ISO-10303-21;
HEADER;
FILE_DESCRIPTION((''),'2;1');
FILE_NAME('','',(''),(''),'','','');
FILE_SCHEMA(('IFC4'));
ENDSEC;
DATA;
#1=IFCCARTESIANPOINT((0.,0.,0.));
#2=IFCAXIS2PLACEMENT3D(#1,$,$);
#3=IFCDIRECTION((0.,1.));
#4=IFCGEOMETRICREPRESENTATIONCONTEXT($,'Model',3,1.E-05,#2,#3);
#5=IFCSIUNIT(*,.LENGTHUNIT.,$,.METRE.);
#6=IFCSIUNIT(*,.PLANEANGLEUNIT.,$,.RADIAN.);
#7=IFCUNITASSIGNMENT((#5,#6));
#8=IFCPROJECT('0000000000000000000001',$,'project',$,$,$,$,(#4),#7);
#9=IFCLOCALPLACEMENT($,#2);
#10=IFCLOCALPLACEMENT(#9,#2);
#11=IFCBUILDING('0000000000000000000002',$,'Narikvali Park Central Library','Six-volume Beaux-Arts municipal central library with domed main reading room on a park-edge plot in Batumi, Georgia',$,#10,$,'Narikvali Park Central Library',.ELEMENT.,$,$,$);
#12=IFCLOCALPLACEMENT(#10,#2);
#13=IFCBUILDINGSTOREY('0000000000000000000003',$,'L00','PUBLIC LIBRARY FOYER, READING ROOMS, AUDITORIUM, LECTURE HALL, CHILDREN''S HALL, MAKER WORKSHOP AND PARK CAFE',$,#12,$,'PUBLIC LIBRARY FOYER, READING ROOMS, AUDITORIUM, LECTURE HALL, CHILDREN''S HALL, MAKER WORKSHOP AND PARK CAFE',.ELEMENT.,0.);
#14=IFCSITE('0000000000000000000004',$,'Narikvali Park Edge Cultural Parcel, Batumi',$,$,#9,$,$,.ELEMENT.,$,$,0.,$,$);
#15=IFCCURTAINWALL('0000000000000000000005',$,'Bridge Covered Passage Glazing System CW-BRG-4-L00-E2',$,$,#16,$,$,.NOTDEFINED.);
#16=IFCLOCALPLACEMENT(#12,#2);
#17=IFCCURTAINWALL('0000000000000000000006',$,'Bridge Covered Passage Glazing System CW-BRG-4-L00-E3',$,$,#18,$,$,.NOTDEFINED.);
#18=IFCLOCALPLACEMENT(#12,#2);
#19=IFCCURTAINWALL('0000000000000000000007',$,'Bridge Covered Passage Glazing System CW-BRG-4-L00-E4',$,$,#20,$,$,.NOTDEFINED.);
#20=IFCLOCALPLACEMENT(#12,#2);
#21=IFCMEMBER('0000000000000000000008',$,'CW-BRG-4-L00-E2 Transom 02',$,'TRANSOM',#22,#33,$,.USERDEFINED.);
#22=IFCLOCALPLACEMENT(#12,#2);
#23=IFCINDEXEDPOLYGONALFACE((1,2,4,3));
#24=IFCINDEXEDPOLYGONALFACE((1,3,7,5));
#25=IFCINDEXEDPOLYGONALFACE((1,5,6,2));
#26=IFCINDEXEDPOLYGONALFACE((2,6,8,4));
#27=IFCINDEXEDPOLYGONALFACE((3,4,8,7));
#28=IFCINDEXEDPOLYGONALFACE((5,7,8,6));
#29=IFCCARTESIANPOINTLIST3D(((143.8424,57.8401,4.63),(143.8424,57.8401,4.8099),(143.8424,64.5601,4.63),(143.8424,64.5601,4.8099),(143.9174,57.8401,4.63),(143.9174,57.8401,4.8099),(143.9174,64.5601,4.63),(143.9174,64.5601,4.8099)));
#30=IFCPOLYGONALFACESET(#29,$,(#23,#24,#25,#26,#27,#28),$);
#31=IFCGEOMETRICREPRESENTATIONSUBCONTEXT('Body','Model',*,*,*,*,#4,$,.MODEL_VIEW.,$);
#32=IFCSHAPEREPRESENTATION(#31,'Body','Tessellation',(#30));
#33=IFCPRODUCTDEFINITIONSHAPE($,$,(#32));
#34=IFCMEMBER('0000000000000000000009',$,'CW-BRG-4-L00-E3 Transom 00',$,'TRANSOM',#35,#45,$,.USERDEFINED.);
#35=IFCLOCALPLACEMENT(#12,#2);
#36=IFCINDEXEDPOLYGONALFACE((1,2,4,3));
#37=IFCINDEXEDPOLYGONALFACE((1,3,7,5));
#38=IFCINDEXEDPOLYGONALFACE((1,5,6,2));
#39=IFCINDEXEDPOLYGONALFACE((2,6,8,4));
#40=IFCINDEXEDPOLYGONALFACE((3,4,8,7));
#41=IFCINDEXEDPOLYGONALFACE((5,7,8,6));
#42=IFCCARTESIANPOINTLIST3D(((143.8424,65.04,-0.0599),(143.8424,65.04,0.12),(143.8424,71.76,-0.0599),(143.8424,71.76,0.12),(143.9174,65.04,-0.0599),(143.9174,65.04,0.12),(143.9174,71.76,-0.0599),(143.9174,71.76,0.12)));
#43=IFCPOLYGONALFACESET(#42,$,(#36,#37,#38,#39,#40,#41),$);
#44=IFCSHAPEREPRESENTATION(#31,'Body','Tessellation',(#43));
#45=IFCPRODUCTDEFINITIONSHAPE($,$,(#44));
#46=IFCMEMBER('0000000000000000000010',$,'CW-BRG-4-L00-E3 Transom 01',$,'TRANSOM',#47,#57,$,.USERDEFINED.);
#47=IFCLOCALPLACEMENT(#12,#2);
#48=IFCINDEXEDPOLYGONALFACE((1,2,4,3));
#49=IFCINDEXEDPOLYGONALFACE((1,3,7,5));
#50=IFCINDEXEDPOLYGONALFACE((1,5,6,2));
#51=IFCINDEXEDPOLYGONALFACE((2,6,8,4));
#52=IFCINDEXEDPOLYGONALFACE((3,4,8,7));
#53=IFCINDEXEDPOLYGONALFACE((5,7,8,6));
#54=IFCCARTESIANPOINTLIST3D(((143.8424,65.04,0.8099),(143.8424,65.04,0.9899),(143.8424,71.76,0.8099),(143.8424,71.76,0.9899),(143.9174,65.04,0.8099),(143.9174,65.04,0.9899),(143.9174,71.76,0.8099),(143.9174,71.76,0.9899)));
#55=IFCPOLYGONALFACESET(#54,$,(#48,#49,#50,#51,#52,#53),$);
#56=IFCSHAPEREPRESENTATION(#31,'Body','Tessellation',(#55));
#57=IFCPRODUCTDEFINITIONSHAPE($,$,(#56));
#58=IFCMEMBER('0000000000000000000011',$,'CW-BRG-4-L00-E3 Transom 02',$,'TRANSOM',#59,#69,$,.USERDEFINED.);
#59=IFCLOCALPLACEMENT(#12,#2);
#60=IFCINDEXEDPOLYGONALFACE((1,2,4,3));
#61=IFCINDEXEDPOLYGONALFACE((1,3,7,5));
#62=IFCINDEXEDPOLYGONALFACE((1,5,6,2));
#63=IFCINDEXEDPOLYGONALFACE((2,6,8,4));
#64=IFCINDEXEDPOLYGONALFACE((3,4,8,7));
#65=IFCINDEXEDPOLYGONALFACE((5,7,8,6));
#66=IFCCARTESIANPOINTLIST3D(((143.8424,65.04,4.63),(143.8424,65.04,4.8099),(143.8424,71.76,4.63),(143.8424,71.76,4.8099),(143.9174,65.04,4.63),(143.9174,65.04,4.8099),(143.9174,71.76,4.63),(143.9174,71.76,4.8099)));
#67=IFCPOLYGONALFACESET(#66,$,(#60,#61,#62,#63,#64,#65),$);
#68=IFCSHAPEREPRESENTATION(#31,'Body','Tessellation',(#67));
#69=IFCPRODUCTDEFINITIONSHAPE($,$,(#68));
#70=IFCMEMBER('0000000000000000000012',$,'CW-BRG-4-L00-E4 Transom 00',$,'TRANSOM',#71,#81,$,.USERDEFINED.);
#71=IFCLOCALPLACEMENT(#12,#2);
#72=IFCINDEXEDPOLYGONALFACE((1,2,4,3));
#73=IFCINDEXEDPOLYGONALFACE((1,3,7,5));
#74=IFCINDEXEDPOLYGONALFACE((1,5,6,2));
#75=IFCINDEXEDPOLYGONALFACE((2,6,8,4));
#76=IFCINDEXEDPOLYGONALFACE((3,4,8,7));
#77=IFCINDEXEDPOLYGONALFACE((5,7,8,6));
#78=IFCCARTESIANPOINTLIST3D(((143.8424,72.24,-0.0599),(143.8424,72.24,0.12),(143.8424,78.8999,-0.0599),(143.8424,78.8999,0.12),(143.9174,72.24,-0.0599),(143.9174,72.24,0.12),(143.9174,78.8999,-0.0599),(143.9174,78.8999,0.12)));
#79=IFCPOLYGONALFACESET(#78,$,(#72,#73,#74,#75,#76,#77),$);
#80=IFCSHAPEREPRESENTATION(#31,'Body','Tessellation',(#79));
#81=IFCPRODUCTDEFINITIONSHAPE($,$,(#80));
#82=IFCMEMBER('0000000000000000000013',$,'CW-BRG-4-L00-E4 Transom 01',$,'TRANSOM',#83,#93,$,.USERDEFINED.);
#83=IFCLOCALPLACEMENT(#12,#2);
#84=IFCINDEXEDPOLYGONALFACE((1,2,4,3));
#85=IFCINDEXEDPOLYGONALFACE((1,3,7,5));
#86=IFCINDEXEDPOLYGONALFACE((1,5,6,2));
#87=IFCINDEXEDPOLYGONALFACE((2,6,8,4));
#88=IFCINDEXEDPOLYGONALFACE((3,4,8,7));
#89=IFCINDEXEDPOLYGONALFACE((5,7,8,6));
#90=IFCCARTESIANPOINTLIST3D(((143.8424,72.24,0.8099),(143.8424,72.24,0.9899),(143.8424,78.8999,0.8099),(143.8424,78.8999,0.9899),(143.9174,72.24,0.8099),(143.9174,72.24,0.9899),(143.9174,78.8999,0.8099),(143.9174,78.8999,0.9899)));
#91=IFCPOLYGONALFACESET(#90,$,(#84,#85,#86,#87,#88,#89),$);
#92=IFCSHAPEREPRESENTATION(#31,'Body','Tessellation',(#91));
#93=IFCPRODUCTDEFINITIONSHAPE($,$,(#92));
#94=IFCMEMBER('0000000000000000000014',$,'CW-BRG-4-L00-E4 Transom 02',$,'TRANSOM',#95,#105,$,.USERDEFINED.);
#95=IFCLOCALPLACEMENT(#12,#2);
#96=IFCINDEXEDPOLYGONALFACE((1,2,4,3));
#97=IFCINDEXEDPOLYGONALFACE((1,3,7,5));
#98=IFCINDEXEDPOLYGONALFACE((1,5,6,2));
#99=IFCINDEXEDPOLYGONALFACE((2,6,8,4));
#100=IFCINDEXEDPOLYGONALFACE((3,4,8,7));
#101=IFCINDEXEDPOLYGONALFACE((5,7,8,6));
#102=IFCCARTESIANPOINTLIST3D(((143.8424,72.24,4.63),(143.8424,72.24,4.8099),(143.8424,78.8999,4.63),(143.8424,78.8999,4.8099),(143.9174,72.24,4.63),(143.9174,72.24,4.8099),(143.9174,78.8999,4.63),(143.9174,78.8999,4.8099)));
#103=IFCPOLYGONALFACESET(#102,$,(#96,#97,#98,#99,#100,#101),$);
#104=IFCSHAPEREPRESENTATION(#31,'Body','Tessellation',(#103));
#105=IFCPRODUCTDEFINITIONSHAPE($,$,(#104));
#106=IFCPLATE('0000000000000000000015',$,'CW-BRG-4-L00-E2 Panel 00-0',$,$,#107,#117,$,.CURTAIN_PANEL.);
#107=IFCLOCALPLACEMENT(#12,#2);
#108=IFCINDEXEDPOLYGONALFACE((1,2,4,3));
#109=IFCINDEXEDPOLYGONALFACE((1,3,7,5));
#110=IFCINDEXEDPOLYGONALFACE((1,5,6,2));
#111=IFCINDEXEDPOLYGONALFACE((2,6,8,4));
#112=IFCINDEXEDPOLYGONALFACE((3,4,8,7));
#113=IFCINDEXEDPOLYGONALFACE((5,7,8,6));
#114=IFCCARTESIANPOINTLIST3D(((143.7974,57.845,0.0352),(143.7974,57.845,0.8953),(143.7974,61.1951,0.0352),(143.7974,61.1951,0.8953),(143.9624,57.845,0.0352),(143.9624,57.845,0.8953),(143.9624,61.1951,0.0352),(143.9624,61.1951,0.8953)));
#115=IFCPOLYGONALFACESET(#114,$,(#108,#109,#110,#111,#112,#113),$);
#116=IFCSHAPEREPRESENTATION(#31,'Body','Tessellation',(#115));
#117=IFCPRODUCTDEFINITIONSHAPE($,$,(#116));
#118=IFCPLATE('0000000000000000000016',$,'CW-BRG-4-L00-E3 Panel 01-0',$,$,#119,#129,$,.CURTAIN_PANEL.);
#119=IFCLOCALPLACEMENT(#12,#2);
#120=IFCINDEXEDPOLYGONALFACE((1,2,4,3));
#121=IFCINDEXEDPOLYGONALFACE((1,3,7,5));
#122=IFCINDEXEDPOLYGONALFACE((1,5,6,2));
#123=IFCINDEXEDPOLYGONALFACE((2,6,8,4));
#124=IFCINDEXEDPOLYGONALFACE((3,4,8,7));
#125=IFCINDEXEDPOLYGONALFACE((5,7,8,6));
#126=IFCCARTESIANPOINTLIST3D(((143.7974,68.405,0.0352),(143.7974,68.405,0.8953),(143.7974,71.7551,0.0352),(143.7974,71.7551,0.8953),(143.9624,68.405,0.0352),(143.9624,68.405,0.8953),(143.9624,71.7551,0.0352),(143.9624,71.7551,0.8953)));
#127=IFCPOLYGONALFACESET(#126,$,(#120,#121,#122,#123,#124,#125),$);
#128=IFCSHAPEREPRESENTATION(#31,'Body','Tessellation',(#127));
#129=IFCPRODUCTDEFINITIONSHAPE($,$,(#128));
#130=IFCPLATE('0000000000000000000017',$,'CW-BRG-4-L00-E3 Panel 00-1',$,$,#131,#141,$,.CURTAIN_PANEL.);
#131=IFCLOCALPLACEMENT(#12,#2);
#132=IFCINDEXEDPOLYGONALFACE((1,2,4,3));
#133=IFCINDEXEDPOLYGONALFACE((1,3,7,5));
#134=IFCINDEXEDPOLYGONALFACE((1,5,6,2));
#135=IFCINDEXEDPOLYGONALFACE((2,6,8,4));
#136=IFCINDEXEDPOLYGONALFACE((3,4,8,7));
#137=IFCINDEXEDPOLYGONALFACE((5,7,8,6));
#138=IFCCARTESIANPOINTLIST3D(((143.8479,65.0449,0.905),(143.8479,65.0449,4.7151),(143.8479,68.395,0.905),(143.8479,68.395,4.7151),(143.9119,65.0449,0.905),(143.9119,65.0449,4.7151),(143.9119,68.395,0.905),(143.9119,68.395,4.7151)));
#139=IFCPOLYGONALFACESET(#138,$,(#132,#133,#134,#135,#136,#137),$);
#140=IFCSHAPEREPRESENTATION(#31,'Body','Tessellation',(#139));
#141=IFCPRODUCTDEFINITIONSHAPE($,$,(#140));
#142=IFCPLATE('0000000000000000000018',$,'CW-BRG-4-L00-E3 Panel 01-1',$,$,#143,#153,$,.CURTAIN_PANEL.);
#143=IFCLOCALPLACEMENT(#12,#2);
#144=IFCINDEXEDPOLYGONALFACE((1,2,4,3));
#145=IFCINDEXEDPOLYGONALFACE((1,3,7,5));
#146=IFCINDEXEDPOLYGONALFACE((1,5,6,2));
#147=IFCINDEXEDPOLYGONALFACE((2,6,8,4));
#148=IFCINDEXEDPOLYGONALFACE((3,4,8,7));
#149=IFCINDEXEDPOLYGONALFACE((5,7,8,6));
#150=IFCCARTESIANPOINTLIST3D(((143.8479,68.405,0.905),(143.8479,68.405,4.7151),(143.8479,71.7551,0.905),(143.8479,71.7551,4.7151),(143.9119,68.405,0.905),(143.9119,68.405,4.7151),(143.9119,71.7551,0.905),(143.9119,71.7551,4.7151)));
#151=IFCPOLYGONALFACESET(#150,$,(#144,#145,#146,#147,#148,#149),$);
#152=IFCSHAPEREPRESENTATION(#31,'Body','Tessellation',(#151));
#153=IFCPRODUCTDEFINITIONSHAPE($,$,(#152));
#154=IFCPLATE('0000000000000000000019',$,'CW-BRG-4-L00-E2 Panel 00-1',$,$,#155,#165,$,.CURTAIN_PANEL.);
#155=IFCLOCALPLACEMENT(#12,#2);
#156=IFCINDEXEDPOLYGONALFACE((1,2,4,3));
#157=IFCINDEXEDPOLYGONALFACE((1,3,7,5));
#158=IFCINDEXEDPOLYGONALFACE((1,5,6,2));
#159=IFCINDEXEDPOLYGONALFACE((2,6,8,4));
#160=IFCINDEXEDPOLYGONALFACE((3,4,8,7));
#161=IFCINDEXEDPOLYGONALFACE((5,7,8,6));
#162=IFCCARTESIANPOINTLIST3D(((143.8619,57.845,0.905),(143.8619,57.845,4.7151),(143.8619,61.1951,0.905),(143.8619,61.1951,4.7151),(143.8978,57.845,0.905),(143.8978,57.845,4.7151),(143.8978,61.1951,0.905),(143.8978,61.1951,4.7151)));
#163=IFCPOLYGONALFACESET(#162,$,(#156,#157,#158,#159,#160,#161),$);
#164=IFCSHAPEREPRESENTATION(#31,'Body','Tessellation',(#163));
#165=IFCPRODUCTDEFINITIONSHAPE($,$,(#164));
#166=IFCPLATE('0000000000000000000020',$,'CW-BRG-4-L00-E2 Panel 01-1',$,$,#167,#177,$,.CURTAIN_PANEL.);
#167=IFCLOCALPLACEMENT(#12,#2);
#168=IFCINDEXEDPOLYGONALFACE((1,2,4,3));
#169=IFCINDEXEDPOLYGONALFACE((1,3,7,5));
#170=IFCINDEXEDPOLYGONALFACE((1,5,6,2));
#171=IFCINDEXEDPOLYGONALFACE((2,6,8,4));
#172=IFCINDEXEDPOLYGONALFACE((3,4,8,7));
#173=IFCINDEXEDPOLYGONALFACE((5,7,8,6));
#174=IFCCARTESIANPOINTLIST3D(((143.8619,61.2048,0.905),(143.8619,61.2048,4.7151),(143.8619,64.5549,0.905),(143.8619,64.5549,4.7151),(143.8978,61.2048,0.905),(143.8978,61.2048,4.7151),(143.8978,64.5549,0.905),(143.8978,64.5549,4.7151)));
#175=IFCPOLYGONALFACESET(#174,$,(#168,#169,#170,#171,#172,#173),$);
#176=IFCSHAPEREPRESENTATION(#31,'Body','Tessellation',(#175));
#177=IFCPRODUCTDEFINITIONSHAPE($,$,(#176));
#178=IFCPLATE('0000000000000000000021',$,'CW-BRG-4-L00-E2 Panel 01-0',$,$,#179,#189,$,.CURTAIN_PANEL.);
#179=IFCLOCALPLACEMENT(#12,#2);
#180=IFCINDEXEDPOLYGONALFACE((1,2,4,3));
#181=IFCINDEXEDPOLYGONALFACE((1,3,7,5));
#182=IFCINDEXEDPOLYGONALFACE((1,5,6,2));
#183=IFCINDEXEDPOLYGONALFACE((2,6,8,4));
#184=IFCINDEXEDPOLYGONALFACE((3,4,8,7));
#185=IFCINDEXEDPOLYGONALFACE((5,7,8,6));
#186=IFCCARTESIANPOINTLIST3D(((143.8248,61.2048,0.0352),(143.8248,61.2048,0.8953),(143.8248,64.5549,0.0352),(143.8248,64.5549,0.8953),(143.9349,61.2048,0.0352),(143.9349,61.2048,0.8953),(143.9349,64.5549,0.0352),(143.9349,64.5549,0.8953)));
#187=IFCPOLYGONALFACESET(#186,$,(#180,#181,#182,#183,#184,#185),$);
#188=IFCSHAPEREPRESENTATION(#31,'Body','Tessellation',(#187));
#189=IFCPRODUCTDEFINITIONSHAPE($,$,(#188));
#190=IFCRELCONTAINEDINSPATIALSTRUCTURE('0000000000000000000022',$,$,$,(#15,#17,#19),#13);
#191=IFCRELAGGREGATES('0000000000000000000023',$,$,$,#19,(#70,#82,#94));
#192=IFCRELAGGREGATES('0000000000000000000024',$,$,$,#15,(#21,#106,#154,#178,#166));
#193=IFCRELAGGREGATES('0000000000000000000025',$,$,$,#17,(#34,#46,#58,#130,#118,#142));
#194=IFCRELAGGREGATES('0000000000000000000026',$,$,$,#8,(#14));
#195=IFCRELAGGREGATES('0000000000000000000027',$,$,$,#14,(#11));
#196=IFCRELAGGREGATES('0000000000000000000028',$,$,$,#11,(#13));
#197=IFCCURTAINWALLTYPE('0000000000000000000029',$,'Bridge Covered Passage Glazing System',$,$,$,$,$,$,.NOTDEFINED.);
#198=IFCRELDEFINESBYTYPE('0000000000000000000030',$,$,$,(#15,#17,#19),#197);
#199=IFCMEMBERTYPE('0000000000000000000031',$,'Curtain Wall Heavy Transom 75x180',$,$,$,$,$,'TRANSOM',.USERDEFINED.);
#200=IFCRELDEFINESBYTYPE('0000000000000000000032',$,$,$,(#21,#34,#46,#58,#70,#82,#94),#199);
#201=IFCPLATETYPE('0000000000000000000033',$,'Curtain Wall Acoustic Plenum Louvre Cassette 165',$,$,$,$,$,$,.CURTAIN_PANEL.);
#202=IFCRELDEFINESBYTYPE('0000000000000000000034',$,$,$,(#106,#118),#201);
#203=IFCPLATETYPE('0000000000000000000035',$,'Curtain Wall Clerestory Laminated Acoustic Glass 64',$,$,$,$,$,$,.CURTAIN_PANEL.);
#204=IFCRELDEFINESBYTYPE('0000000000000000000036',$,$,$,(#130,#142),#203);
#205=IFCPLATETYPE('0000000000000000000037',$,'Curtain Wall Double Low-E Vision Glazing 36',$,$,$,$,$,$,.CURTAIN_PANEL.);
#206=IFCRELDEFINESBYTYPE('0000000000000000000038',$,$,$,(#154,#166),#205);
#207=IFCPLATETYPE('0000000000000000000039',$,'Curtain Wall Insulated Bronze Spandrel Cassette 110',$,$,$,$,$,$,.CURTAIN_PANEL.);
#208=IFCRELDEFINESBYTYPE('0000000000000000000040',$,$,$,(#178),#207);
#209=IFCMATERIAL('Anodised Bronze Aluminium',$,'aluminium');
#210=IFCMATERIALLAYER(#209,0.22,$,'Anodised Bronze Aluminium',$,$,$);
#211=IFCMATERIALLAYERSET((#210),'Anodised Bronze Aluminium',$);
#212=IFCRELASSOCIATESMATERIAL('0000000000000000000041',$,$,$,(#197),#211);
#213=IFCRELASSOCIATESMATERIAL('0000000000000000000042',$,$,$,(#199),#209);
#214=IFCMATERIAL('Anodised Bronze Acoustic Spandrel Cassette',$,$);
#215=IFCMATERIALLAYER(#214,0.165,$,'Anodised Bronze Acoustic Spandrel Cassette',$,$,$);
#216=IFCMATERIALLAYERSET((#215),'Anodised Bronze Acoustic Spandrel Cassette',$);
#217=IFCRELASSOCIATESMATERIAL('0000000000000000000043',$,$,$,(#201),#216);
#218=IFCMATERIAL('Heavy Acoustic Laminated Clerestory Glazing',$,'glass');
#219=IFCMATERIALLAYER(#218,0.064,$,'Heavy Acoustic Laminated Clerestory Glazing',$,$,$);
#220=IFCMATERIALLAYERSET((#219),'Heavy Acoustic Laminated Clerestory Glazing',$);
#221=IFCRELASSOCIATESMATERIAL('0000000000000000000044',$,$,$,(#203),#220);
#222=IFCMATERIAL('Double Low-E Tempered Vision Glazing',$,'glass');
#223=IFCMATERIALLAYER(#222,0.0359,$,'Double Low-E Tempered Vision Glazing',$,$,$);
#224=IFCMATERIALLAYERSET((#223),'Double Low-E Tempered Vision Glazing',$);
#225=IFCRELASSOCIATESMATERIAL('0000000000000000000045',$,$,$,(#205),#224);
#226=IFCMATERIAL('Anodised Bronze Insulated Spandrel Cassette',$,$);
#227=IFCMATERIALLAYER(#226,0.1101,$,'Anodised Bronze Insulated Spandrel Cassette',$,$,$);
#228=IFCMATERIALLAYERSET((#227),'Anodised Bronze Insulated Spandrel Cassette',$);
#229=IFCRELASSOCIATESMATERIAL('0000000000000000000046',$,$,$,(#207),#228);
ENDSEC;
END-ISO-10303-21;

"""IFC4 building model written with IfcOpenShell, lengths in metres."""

from ifc_helpers import new_model, si_unit, direction, frame, origin, origin_2d, place, context, subcontext, project, spatial, rectangle, extrude, material, layer, layer_set, material_profile, profile_set, type_object, element, aggregate, save


model = new_model("IFC4")

# Units and contexts
model_context = context("Model", 3, precision=1e-05, world=origin(), true_north=direction((0.0, 1.0)))
body_context = subcontext(model_context, "Body", "Model", "MODEL_VIEW")
ifc_project = project(units=[si_unit("LENGTHUNIT", "METRE"), si_unit("PLANEANGLEUNIT", "RADIAN")], contexts=[model_context])

# Site, building, storey
site_placement = place(None, origin())
site = spatial("IfcSite", under=ifc_project, at=site_placement, Name="Narikvali Park Edge Cultural Parcel, Batumi", CompositionType="ELEMENT", RefElevation=0.0)
building_placement = place(site_placement, origin())
building = spatial("IfcBuilding", under=site, at=building_placement, Name="Narikvali Park Central Library", Description="Six-volume Beaux-Arts municipal central library with domed main reading room on a park-edge plot in Batumi, Georgia", LongName="Narikvali Park Central Library", CompositionType="ELEMENT")
storey_placement = place(building_placement, origin())
storey = spatial("IfcBuildingStorey", under=building, at=storey_placement, Name="L00", Description="PUBLIC LIBRARY FOYER, READING ROOMS, AUDITORIUM, LECTURE HALL, CHILDREN'S HALL, MAKER WORKSHOP AND PARK CAFE", LongName="PUBLIC LIBRARY FOYER, READING ROOMS, AUDITORIUM, LECTURE HALL, CHILDREN'S HALL, MAKER WORKSHOP AND PARK CAFE", CompositionType="ELEMENT", Elevation=0.0)

# Curtain walls
ifc_material_1 = material(Name="Anodised Bronze Aluminium", Category="aluminium")
ifc_layer_1 = layer(ifc_material_1, 0.22, Name="Anodised Bronze Aluminium")
ifc_layer_set_1 = layer_set([ifc_layer_1], Name="Anodised Bronze Aluminium")
curtain_wall_type = type_object("IfcCurtainWallType", Name="Bridge Covered Passage Glazing System", PredefinedType="NOTDEFINED", material=ifc_layer_set_1)
curtain_wall_1_placement = place(storey_placement, origin())
curtain_wall_1 = element("IfcCurtainWall", 1, at=curtain_wall_1_placement, inside=storey, type_object=curtain_wall_type, Name="Bridge Covered Passage Glazing System CW-BRG-4-L00-E2", PredefinedType="NOTDEFINED")
curtain_wall_2_placement = place(storey_placement, origin())
curtain_wall_2 = element("IfcCurtainWall", 2, at=curtain_wall_2_placement, inside=storey, type_object=curtain_wall_type, Name="Bridge Covered Passage Glazing System CW-BRG-4-L00-E3", PredefinedType="NOTDEFINED")

# Curtain wall
curtain_wall_3_placement = place(storey_placement, origin())
curtain_wall_3 = element("IfcCurtainWall", 3, at=curtain_wall_3_placement, inside=storey, type_object=curtain_wall_type, Name="Bridge Covered Passage Glazing System CW-BRG-4-L00-E4", PredefinedType="NOTDEFINED")

# Members
ifc_material_profile_1 = material_profile(ifc_material_1, rectangle(XDim=0.075, YDim=0.1799, at=origin_2d()), Name="CW TRANSOM 75x180")
ifc_profile_set_1 = profile_set([ifc_material_profile_1], Name="Anodised Bronze Aluminium")
member_type_1 = type_object("IfcMemberType", Name="Curtain Wall Heavy Transom 75x180", ElementType="TRANSOM", PredefinedType="USERDEFINED", material=ifc_profile_set_1)
member_1_placement = place(storey_placement, frame((143.8799, 57.8401, 4.72), z_axis=(0.0, 1.0, 0.0), x_axis=(-1.0, 0.0, 0.0)))
member_1 = element("IfcMember", 4, at=member_1_placement, type_object=member_type_1, Name="CW-BRG-4-L00-E2 Transom 02", ObjectType="TRANSOM", PredefinedType="USERDEFINED", context=body_context, shape_type="SweptSolid", body=[
    extrude(rectangle(XDim=0.075, YDim=0.1799, at=origin_2d()), origin(), (0.0, 0.0, 1.0), 6.72),
])
member_2_placement = place(storey_placement, frame((143.8799, 65.04, 0.03), z_axis=(0.0, 1.0, 0.0), x_axis=(-1.0, 0.0, 0.0)))
member_2 = element("IfcMember", 5, at=member_2_placement, type_object=member_type_1, Name="CW-BRG-4-L00-E3 Transom 00", ObjectType="TRANSOM", PredefinedType="USERDEFINED", context=body_context, shape_type="SweptSolid", body=[
    extrude(rectangle(XDim=0.075, YDim=0.1799, at=origin_2d()), origin(), (0.0, 0.0, 1.0), 6.72),
])
member_3_placement = place(storey_placement, frame((143.8799, 65.04, 0.8999), z_axis=(0.0, 1.0, 0.0), x_axis=(-1.0, 0.0, 0.0)))
member_3 = element("IfcMember", 6, at=member_3_placement, type_object=member_type_1, Name="CW-BRG-4-L00-E3 Transom 01", ObjectType="TRANSOM", PredefinedType="USERDEFINED", context=body_context, shape_type="SweptSolid", body=[
    extrude(rectangle(XDim=0.075, YDim=0.1799, at=origin_2d()), origin(), (0.0, 0.0, 1.0), 6.72),
])
member_4_placement = place(storey_placement, frame((143.8799, 65.04, 4.72), z_axis=(0.0, 1.0, 0.0), x_axis=(-1.0, 0.0, 0.0)))
member_4 = element("IfcMember", 7, at=member_4_placement, type_object=member_type_1, Name="CW-BRG-4-L00-E3 Transom 02", ObjectType="TRANSOM", PredefinedType="USERDEFINED", context=body_context, shape_type="SweptSolid", body=[
    extrude(rectangle(XDim=0.075, YDim=0.1799, at=origin_2d()), origin(), (0.0, 0.0, 1.0), 6.72),
])
member_5_placement = place(storey_placement, frame((143.8799, 72.24, 0.03), z_axis=(0.0, 1.0, 0.0), x_axis=(-1.0, 0.0, 0.0)))
member_5 = element("IfcMember", 8, at=member_5_placement, type_object=member_type_1, Name="CW-BRG-4-L00-E4 Transom 00", ObjectType="TRANSOM", PredefinedType="USERDEFINED", context=body_context, shape_type="SweptSolid", body=[
    extrude(rectangle(XDim=0.075, YDim=0.1799, at=origin_2d()), origin(), (0.0, 0.0, 1.0), 6.6599),
])
member_6_placement = place(storey_placement, frame((143.8799, 72.24, 0.8999), z_axis=(0.0, 1.0, 0.0), x_axis=(-1.0, 0.0, 0.0)))
member_6 = element("IfcMember", 9, at=member_6_placement, type_object=member_type_1, Name="CW-BRG-4-L00-E4 Transom 01", ObjectType="TRANSOM", PredefinedType="USERDEFINED", context=body_context, shape_type="SweptSolid", body=[
    extrude(rectangle(XDim=0.075, YDim=0.1799, at=origin_2d()), origin(), (0.0, 0.0, 1.0), 6.6599),
])
member_7_placement = place(storey_placement, frame((143.8799, 72.24, 4.72), z_axis=(0.0, 1.0, 0.0), x_axis=(-1.0, 0.0, 0.0)))
member_7 = element("IfcMember", 10, at=member_7_placement, type_object=member_type_1, Name="CW-BRG-4-L00-E4 Transom 02", ObjectType="TRANSOM", PredefinedType="USERDEFINED", context=body_context, shape_type="SweptSolid", body=[
    extrude(rectangle(XDim=0.075, YDim=0.1799, at=origin_2d()), origin(), (0.0, 0.0, 1.0), 6.6599),
])
aggregate(curtain_wall_3, [member_5, member_6, member_7])

# Plates
ifc_material_2 = material(Name="Anodised Bronze Acoustic Spandrel Cassette")
ifc_layer_2 = layer(ifc_material_2, 0.165, Name="Anodised Bronze Acoustic Spandrel Cassette")
ifc_layer_set_2 = layer_set([ifc_layer_2], Name="Anodised Bronze Acoustic Spandrel Cassette")
plate_type_1 = type_object("IfcPlateType", Name="Curtain Wall Acoustic Plenum Louvre Cassette 165", PredefinedType="CURTAIN_PANEL", material=ifc_layer_set_2)
plate_1_placement = place(storey_placement, frame((143.8799, 59.52, 0.0352), z_axis=(0.0, 0.0, 1.0), x_axis=(0.0, 1.0, 0.0)))
plate_1 = element("IfcPlate", 11, at=plate_1_placement, type_object=plate_type_1, Name="CW-BRG-4-L00-E2 Panel 00-0", PredefinedType="CURTAIN_PANEL", context=body_context, shape_type="SweptSolid", body=[
    extrude(rectangle(XDim=3.3501, YDim=0.165, at=origin_2d()), origin(), (0.0, 0.0, 1.0), 0.8601),
])
plate_2_placement = place(storey_placement, frame((143.8799, 70.0801, 0.0352), z_axis=(0.0, 0.0, 1.0), x_axis=(0.0, 1.0, 0.0)))
plate_2 = element("IfcPlate", 12, at=plate_2_placement, type_object=plate_type_1, Name="CW-BRG-4-L00-E3 Panel 01-0", PredefinedType="CURTAIN_PANEL", context=body_context, shape_type="SweptSolid", body=[
    extrude(rectangle(XDim=3.3501, YDim=0.165, at=origin_2d()), origin(), (0.0, 0.0, 1.0), 0.8601),
])
ifc_material_3 = material(Name="Heavy Acoustic Laminated Clerestory Glazing", Category="glass")
ifc_layer_3 = layer(ifc_material_3, 0.064, Name="Heavy Acoustic Laminated Clerestory Glazing")
ifc_layer_set_3 = layer_set([ifc_layer_3], Name="Heavy Acoustic Laminated Clerestory Glazing")
plate_type_2 = type_object("IfcPlateType", Name="Curtain Wall Clerestory Laminated Acoustic Glass 64", PredefinedType="CURTAIN_PANEL", material=ifc_layer_set_3)
plate_3_placement = place(storey_placement, frame((143.8799, 66.72, 0.905), z_axis=(0.0, 0.0, 1.0), x_axis=(0.0, 1.0, 0.0)))
plate_3 = element("IfcPlate", 13, at=plate_3_placement, type_object=plate_type_2, Name="CW-BRG-4-L00-E3 Panel 00-1", PredefinedType="CURTAIN_PANEL", context=body_context, shape_type="SweptSolid", body=[
    extrude(rectangle(XDim=3.3501, YDim=0.064, at=origin_2d()), origin(), (0.0, 0.0, 1.0), 3.8101),
])
plate_4_placement = place(storey_placement, frame((143.8799, 70.0801, 0.905), z_axis=(0.0, 0.0, 1.0), x_axis=(0.0, 1.0, 0.0)))
plate_4 = element("IfcPlate", 14, at=plate_4_placement, type_object=plate_type_2, Name="CW-BRG-4-L00-E3 Panel 01-1", PredefinedType="CURTAIN_PANEL", context=body_context, shape_type="SweptSolid", body=[
    extrude(rectangle(XDim=3.3501, YDim=0.064, at=origin_2d()), origin(), (0.0, 0.0, 1.0), 3.8101),
])
ifc_material_4 = material(Name="Double Low-E Tempered Vision Glazing", Category="glass")
ifc_layer_4 = layer(ifc_material_4, 0.0359, Name="Double Low-E Tempered Vision Glazing")
ifc_layer_set_4 = layer_set([ifc_layer_4], Name="Double Low-E Tempered Vision Glazing")
plate_type_3 = type_object("IfcPlateType", Name="Curtain Wall Double Low-E Vision Glazing 36", PredefinedType="CURTAIN_PANEL", material=ifc_layer_set_4)
plate_5_placement = place(storey_placement, frame((143.8799, 59.52, 0.905), z_axis=(0.0, 0.0, 1.0), x_axis=(0.0, 1.0, 0.0)))
plate_5 = element("IfcPlate", 15, at=plate_5_placement, type_object=plate_type_3, Name="CW-BRG-4-L00-E2 Panel 00-1", PredefinedType="CURTAIN_PANEL", context=body_context, shape_type="SweptSolid", body=[
    extrude(rectangle(XDim=3.3501, YDim=0.0359, at=origin_2d()), origin(), (0.0, 0.0, 1.0), 3.8101),
])
plate_6_placement = place(storey_placement, frame((143.8799, 62.8799, 0.905), z_axis=(0.0, 0.0, 1.0), x_axis=(0.0, 1.0, 0.0)))
plate_6 = element("IfcPlate", 16, at=plate_6_placement, type_object=plate_type_3, Name="CW-BRG-4-L00-E2 Panel 01-1", PredefinedType="CURTAIN_PANEL", context=body_context, shape_type="SweptSolid", body=[
    extrude(rectangle(XDim=3.3501, YDim=0.0359, at=origin_2d()), origin(), (0.0, 0.0, 1.0), 3.8101),
])
ifc_material_5 = material(Name="Anodised Bronze Insulated Spandrel Cassette")
ifc_layer_5 = layer(ifc_material_5, 0.1101, Name="Anodised Bronze Insulated Spandrel Cassette")
ifc_layer_set_5 = layer_set([ifc_layer_5], Name="Anodised Bronze Insulated Spandrel Cassette")
plate_type_4 = type_object("IfcPlateType", Name="Curtain Wall Insulated Bronze Spandrel Cassette 110", PredefinedType="CURTAIN_PANEL", material=ifc_layer_set_5)
plate_7_placement = place(storey_placement, frame((143.8799, 62.8799, 0.0352), z_axis=(0.0, 0.0, 1.0), x_axis=(0.0, 1.0, 0.0)))
plate_7 = element("IfcPlate", 17, at=plate_7_placement, type_object=plate_type_4, Name="CW-BRG-4-L00-E2 Panel 01-0", PredefinedType="CURTAIN_PANEL", context=body_context, shape_type="SweptSolid", body=[
    extrude(rectangle(XDim=3.3501, YDim=0.1101, at=origin_2d()), origin(), (0.0, 0.0, 1.0), 0.8601),
])
aggregate(curtain_wall_1, [member_1, plate_1, plate_5, plate_7, plate_6])
aggregate(curtain_wall_2, [member_2, member_3, member_4, plate_3, plate_2, plate_4])

save(model, "model.ifc")
